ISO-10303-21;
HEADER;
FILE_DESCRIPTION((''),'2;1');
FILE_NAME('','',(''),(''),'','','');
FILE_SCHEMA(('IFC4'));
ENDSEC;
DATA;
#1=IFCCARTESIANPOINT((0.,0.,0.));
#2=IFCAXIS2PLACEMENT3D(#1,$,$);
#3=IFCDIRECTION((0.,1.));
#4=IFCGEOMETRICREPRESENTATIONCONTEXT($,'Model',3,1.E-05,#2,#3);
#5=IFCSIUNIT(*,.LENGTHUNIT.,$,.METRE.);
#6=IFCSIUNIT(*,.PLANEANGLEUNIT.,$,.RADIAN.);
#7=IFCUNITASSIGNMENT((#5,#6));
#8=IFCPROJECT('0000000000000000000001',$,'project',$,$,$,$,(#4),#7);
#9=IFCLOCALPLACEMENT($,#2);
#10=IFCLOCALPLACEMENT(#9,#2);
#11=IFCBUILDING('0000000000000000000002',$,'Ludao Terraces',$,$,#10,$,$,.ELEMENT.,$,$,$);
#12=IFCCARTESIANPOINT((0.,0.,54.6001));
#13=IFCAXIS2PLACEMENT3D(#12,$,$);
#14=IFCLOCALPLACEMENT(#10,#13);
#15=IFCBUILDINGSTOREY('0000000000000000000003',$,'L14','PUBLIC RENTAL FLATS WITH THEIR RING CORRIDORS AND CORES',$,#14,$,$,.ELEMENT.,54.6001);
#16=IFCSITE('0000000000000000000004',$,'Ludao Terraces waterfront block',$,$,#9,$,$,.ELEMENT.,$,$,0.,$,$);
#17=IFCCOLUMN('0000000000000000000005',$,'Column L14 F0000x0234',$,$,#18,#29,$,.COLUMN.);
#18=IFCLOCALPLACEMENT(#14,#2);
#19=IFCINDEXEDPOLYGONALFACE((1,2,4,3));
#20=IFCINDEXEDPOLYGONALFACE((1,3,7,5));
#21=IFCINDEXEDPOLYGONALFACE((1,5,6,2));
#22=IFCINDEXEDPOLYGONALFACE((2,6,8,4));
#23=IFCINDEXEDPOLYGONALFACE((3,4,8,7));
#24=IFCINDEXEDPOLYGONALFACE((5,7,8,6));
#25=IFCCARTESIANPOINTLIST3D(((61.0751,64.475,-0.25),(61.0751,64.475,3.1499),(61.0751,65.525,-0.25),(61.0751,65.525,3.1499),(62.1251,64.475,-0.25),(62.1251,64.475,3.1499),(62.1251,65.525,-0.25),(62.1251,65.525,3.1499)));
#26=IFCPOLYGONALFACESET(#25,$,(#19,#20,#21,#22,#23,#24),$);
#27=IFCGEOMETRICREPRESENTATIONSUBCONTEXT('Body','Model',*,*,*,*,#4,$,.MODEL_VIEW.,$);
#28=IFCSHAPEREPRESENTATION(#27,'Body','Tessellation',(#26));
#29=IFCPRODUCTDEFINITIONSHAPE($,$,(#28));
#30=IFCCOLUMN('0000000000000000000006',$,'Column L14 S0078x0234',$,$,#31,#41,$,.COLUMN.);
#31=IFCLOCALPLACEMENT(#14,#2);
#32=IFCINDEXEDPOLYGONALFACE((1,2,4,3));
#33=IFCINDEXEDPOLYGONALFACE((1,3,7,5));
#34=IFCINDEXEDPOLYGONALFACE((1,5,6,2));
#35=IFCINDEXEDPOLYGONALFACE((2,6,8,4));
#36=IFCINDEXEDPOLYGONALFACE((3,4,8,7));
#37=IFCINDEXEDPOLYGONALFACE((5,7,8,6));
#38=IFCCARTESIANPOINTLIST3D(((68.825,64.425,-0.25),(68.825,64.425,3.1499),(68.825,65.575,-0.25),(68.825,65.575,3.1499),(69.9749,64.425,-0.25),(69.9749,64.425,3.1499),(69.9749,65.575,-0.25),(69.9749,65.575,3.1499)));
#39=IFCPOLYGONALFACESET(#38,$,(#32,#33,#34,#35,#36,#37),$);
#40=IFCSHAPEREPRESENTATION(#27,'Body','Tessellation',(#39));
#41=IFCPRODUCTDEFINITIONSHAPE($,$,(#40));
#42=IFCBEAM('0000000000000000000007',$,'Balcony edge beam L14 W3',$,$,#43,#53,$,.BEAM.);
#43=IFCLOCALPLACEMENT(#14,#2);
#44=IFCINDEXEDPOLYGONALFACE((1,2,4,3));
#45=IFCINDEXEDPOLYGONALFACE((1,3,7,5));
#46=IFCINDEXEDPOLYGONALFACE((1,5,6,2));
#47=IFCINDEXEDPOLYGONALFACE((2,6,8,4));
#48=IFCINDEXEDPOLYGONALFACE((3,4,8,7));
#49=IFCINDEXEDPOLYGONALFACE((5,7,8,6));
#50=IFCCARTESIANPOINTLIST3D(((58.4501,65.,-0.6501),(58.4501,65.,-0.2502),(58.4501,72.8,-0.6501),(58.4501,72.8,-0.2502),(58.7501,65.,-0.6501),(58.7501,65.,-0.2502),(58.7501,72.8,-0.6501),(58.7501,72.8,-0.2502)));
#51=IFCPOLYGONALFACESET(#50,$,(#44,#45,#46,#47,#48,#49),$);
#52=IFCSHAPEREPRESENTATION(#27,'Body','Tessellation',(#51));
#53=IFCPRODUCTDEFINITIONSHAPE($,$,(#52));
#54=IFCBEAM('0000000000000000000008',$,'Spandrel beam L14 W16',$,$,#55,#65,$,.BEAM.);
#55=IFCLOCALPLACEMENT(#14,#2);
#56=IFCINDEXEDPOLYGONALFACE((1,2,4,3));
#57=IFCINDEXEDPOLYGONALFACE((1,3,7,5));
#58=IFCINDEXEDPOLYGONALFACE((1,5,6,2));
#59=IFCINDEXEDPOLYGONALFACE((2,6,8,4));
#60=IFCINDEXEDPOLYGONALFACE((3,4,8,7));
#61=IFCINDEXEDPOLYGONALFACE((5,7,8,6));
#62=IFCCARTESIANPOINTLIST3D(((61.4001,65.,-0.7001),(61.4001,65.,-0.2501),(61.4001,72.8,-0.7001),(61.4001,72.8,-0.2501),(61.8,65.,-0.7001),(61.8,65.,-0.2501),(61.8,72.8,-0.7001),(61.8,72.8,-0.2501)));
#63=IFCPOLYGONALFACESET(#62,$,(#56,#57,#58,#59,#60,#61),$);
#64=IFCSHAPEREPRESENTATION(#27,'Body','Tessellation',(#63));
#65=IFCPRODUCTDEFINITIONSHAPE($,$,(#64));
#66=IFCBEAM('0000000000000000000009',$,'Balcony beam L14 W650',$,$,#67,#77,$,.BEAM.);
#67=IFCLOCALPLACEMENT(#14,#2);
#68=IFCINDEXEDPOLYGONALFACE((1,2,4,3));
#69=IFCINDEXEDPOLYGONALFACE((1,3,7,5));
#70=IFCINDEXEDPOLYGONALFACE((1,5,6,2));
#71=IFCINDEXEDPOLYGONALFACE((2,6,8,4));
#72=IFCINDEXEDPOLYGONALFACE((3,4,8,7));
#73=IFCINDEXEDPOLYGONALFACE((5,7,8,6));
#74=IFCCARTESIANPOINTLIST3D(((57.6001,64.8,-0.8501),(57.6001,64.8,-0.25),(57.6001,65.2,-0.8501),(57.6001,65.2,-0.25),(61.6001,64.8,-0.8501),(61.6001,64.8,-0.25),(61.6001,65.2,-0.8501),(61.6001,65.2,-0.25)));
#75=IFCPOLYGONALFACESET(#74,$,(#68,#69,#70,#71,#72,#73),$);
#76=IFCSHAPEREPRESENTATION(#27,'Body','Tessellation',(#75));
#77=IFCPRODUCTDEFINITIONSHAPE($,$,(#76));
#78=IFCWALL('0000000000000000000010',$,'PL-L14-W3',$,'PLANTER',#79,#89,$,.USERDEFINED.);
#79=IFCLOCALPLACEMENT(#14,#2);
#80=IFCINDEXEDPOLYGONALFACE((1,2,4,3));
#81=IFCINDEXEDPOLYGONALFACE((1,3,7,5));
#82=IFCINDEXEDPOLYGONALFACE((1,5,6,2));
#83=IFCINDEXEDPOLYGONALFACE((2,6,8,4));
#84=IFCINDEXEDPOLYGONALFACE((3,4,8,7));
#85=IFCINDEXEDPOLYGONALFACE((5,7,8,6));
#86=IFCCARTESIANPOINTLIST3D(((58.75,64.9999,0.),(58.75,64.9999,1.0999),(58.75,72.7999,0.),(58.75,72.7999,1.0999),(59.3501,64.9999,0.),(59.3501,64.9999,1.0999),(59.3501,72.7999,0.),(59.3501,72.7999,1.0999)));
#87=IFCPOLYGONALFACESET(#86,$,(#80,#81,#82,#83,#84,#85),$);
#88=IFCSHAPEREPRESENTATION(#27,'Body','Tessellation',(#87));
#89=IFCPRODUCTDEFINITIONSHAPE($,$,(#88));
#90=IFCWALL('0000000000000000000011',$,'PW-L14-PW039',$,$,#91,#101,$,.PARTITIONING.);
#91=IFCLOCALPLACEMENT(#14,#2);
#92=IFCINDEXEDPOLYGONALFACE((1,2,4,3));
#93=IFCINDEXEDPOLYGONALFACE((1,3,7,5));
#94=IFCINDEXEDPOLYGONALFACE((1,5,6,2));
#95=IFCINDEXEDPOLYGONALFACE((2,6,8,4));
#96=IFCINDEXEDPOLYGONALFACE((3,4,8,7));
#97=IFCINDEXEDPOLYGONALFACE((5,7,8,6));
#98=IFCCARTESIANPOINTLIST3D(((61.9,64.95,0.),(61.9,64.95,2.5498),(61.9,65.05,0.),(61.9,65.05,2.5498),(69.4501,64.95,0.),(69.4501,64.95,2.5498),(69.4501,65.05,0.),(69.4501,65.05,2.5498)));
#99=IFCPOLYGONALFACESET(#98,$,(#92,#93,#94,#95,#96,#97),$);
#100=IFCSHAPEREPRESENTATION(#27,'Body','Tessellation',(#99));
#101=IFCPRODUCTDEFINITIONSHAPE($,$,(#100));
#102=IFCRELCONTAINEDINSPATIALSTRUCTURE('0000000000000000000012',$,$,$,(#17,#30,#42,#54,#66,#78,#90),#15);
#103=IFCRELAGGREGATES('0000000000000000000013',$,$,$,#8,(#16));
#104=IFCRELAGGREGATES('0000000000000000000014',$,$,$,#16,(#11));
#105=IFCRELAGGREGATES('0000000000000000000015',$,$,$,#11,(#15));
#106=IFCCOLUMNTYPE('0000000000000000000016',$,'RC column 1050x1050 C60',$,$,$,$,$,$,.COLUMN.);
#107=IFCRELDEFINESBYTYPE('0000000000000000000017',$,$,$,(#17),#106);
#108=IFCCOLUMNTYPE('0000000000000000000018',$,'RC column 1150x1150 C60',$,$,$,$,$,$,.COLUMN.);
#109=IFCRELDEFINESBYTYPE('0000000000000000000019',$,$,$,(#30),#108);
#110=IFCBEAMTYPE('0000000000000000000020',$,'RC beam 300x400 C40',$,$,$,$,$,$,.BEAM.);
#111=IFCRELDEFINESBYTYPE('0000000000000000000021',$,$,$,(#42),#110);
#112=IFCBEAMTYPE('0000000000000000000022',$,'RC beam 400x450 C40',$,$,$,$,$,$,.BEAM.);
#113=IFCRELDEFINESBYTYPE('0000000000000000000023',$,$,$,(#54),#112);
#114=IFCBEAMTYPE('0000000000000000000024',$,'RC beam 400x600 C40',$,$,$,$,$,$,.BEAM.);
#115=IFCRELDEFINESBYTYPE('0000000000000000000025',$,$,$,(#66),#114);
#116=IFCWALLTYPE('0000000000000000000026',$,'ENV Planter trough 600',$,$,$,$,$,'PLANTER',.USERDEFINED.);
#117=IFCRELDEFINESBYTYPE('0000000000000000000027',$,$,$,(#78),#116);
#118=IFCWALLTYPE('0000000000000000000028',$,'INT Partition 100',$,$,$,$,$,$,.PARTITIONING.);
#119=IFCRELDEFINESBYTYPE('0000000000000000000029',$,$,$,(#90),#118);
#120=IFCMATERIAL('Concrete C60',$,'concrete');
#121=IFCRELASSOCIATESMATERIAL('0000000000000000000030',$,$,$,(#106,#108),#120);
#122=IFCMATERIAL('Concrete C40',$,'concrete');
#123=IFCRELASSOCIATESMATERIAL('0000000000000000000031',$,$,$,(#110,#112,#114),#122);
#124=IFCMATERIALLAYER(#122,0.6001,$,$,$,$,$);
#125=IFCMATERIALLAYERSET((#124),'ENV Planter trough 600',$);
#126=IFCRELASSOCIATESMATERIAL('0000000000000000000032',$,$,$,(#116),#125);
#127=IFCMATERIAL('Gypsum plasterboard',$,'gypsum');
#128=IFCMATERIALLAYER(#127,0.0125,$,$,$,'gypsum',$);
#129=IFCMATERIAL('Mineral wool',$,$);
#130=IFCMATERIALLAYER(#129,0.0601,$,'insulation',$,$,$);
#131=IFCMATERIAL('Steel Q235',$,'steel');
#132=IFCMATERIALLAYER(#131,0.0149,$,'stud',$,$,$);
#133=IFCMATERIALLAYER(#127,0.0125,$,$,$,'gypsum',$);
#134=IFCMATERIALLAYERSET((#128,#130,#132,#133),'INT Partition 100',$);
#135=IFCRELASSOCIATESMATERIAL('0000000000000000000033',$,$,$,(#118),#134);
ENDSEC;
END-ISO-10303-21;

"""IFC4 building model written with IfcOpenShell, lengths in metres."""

from ifc_helpers import new_model, si_unit, direction, frame, frame_2d, origin, origin_2d, place, context, subcontext, project, spatial, rectangle, extrude, material, layer, layer_set, material_profile, profile_set, type_object, element, save


model = new_model("IFC4")

# Units and contexts
model_context = context("Model", 3, precision=1e-05, world=origin(), true_north=direction((0.0, 1.0)))
body_context = subcontext(model_context, "Body", "Model", "MODEL_VIEW")
ifc_project = project(units=[si_unit("LENGTHUNIT", "METRE"), si_unit("PLANEANGLEUNIT", "RADIAN")], contexts=[model_context])

# Site, building, storey
site_placement = place(None, origin())
site = spatial("IfcSite", under=ifc_project, at=site_placement, Name="Ludao Terraces waterfront block", CompositionType="ELEMENT", RefElevation=0.0)
building_placement = place(site_placement, origin())
building = spatial("IfcBuilding", under=site, at=building_placement, Name="Ludao Terraces", CompositionType="ELEMENT")
storey_placement = place(building_placement, frame((0.0, 0.0, 54.6001)))
storey = spatial("IfcBuildingStorey", under=building, at=storey_placement, Name="L14", Description="PUBLIC RENTAL FLATS WITH THEIR RING CORRIDORS AND CORES", CompositionType="ELEMENT", Elevation=54.6001)

# Columns
ifc_material_1 = material(Name="Concrete C60", Category="concrete")
ifc_material_profile_1 = material_profile(ifc_material_1, rectangle(XDim=1.05, YDim=1.05, at=origin_2d()), Name="1050 X 1050")
ifc_profile_set_1 = profile_set([ifc_material_profile_1], Name="Concrete C60")
column_type_1 = type_object("IfcColumnType", Name="RC column 1050x1050 C60", PredefinedType="COLUMN", material=ifc_profile_set_1)
column_1_placement = place(storey_placement, frame((61.6001, 65.0, -0.25), z_axis=(0.0, 0.0, 1.0), x_axis=(1.0, 0.0, 0.0)))
element("IfcColumn", 1, at=column_1_placement, inside=storey, type_object=column_type_1, Name="Column L14 F0000x0234", PredefinedType="COLUMN", context=body_context, shape_type="SweptSolid", body=[
    extrude(rectangle(XDim=1.05, YDim=1.05, at=origin_2d()), origin(), (0.0, 0.0, 1.0), 3.3999),
])
ifc_material_profile_2 = material_profile(ifc_material_1, rectangle(XDim=1.1499, YDim=1.1499, at=origin_2d()), Name="1150 X 1150")
ifc_profile_set_2 = profile_set([ifc_material_profile_2], Name="Concrete C60")
column_type_2 = type_object("IfcColumnType", Name="RC column 1150x1150 C60", PredefinedType="COLUMN", material=ifc_profile_set_2)
column_2_placement = place(storey_placement, frame((69.3999, 65.0, -0.25), z_axis=(0.0, 0.0, 1.0), x_axis=(1.0, 0.0, 0.0)))
element("IfcColumn", 2, at=column_2_placement, inside=storey, type_object=column_type_2, Name="Column L14 S0078x0234", PredefinedType="COLUMN", context=body_context, shape_type="SweptSolid", body=[
    extrude(rectangle(XDim=1.1499, YDim=1.1499, at=origin_2d()), origin(), (0.0, 0.0, 1.0), 3.3999),
])

# Beams
ifc_material_2 = material(Name="Concrete C40", Category="concrete")
ifc_material_profile_3 = material_profile(ifc_material_2, rectangle(XDim=0.3, YDim=0.3999, at=origin_2d()), Name="300 X 400")
ifc_profile_set_3 = profile_set([ifc_material_profile_3], Name="Concrete C40")
beam_type_1 = type_object("IfcBeamType", Name="RC beam 300x400 C40", PredefinedType="BEAM", material=ifc_profile_set_3)
beam_1_placement = place(storey_placement, frame((58.6001, 65.0, -0.4502), z_axis=(0.0, 1.0, 0.0), x_axis=(-1.0, 0.0, 0.0)))
element("IfcBeam", 3, at=beam_1_placement, inside=storey, type_object=beam_type_1, Name="Balcony edge beam L14 W3", PredefinedType="BEAM", context=body_context, shape_type="SweptSolid", body=[
    extrude(rectangle(XDim=0.3, YDim=0.3999, at=origin_2d()), origin(), (0.0, 0.0, 1.0), 7.8),
])
ifc_material_profile_4 = material_profile(ifc_material_2, rectangle(XDim=0.3999, YDim=0.45, at=origin_2d()), Name="400 X 450")
ifc_profile_set_4 = profile_set([ifc_material_profile_4], Name="Concrete C40")
beam_type_2 = type_object("IfcBeamType", Name="RC beam 400x450 C40", PredefinedType="BEAM", material=ifc_profile_set_4)
beam_2_placement = place(storey_placement, frame((61.6001, 65.0, -0.4751), z_axis=(0.0, 1.0, 0.0), x_axis=(-1.0, 0.0, 0.0)))
element("IfcBeam", 4, at=beam_2_placement, inside=storey, type_object=beam_type_2, Name="Spandrel beam L14 W16", PredefinedType="BEAM", context=body_context, shape_type="SweptSolid", body=[
    extrude(rectangle(XDim=0.3999, YDim=0.45, at=origin_2d()), origin(), (0.0, 0.0, 1.0), 7.8),
])
ifc_material_profile_5 = material_profile(ifc_material_2, rectangle(XDim=0.3999, YDim=0.6001, at=origin_2d()), Name="400 X 600")
ifc_profile_set_5 = profile_set([ifc_material_profile_5], Name="Concrete C40")
beam_type_3 = type_object("IfcBeamType", Name="RC beam 400x600 C40", PredefinedType="BEAM", material=ifc_profile_set_5)
beam_3_placement = place(storey_placement, frame((61.6001, 65.0, -0.55), z_axis=(-1.0, 0.0, 0.0), x_axis=(0.0, -1.0, 0.0)))
element("IfcBeam", 5, at=beam_3_placement, inside=storey, type_object=beam_type_3, Name="Balcony beam L14 W650", PredefinedType="BEAM", context=body_context, shape_type="SweptSolid", body=[
    extrude(rectangle(XDim=0.3999, YDim=0.6001, at=origin_2d()), origin(), (0.0, 0.0, 1.0), 4.0),
])

# Wall
ifc_layer_1 = layer(ifc_material_2, 0.6001)
ifc_layer_set_1 = layer_set([ifc_layer_1], Name="ENV Planter trough 600")
wall_type_1 = type_object("IfcWallType", Name="ENV Planter trough 600", ElementType="PLANTER", PredefinedType="USERDEFINED", material=ifc_layer_set_1)
wall_1_placement = place(storey_placement, frame((59.05, 65.0, 0.0), z_axis=(0.0, 0.0, 1.0), x_axis=(0.0, 1.0, 0.0)))
element("IfcWall", 6, at=wall_1_placement, inside=storey, type_object=wall_type_1, Name="PL-L14-W3", ObjectType="PLANTER", PredefinedType="USERDEFINED", context=body_context, shape_type="SweptSolid", body=[
    extrude(rectangle(XDim=7.8, YDim=0.6001, at=frame_2d((3.8999, 0.0))), origin(), (0.0, 0.0, 1.0), 1.0999),
])

# Shared definitions
ifc_material_3 = material(Name="Mineral wool")

# Wall
ifc_material_4 = material(Name="Gypsum plasterboard", Category="gypsum")
ifc_layer_2 = layer(ifc_material_4, 0.0125, Category="gypsum")
ifc_layer_3 = layer(ifc_material_3, 0.0601, Name="insulation")
ifc_material_5 = material(Name="Steel Q235", Category="steel")
ifc_layer_4 = layer(ifc_material_5, 0.0149, Name="stud")
ifc_layer_5 = layer(ifc_material_4, 0.0125, Category="gypsum")
ifc_layer_set_2 = layer_set([ifc_layer_2, ifc_layer_3, ifc_layer_4, ifc_layer_5], Name="INT Partition 100")
wall_type_2 = type_object("IfcWallType", Name="INT Partition 100", PredefinedType="PARTITIONING", material=ifc_layer_set_2)
wall_2_placement = place(storey_placement, frame((61.9001, 65.0, 0.0), z_axis=(0.0, 0.0, 1.0), x_axis=(1.0, 0.0, 0.0)))
element("IfcWall", 7, at=wall_2_placement, inside=storey, type_object=wall_type_2, Name="PW-L14-PW039", PredefinedType="PARTITIONING", context=body_context, shape_type="SweptSolid", body=[
    extrude(rectangle(XDim=7.55, YDim=0.1001, at=frame_2d((3.7749, 0.0))), origin(), (0.0, 0.0, 1.0), 2.5498),
])

save(model, "model.ifc")
